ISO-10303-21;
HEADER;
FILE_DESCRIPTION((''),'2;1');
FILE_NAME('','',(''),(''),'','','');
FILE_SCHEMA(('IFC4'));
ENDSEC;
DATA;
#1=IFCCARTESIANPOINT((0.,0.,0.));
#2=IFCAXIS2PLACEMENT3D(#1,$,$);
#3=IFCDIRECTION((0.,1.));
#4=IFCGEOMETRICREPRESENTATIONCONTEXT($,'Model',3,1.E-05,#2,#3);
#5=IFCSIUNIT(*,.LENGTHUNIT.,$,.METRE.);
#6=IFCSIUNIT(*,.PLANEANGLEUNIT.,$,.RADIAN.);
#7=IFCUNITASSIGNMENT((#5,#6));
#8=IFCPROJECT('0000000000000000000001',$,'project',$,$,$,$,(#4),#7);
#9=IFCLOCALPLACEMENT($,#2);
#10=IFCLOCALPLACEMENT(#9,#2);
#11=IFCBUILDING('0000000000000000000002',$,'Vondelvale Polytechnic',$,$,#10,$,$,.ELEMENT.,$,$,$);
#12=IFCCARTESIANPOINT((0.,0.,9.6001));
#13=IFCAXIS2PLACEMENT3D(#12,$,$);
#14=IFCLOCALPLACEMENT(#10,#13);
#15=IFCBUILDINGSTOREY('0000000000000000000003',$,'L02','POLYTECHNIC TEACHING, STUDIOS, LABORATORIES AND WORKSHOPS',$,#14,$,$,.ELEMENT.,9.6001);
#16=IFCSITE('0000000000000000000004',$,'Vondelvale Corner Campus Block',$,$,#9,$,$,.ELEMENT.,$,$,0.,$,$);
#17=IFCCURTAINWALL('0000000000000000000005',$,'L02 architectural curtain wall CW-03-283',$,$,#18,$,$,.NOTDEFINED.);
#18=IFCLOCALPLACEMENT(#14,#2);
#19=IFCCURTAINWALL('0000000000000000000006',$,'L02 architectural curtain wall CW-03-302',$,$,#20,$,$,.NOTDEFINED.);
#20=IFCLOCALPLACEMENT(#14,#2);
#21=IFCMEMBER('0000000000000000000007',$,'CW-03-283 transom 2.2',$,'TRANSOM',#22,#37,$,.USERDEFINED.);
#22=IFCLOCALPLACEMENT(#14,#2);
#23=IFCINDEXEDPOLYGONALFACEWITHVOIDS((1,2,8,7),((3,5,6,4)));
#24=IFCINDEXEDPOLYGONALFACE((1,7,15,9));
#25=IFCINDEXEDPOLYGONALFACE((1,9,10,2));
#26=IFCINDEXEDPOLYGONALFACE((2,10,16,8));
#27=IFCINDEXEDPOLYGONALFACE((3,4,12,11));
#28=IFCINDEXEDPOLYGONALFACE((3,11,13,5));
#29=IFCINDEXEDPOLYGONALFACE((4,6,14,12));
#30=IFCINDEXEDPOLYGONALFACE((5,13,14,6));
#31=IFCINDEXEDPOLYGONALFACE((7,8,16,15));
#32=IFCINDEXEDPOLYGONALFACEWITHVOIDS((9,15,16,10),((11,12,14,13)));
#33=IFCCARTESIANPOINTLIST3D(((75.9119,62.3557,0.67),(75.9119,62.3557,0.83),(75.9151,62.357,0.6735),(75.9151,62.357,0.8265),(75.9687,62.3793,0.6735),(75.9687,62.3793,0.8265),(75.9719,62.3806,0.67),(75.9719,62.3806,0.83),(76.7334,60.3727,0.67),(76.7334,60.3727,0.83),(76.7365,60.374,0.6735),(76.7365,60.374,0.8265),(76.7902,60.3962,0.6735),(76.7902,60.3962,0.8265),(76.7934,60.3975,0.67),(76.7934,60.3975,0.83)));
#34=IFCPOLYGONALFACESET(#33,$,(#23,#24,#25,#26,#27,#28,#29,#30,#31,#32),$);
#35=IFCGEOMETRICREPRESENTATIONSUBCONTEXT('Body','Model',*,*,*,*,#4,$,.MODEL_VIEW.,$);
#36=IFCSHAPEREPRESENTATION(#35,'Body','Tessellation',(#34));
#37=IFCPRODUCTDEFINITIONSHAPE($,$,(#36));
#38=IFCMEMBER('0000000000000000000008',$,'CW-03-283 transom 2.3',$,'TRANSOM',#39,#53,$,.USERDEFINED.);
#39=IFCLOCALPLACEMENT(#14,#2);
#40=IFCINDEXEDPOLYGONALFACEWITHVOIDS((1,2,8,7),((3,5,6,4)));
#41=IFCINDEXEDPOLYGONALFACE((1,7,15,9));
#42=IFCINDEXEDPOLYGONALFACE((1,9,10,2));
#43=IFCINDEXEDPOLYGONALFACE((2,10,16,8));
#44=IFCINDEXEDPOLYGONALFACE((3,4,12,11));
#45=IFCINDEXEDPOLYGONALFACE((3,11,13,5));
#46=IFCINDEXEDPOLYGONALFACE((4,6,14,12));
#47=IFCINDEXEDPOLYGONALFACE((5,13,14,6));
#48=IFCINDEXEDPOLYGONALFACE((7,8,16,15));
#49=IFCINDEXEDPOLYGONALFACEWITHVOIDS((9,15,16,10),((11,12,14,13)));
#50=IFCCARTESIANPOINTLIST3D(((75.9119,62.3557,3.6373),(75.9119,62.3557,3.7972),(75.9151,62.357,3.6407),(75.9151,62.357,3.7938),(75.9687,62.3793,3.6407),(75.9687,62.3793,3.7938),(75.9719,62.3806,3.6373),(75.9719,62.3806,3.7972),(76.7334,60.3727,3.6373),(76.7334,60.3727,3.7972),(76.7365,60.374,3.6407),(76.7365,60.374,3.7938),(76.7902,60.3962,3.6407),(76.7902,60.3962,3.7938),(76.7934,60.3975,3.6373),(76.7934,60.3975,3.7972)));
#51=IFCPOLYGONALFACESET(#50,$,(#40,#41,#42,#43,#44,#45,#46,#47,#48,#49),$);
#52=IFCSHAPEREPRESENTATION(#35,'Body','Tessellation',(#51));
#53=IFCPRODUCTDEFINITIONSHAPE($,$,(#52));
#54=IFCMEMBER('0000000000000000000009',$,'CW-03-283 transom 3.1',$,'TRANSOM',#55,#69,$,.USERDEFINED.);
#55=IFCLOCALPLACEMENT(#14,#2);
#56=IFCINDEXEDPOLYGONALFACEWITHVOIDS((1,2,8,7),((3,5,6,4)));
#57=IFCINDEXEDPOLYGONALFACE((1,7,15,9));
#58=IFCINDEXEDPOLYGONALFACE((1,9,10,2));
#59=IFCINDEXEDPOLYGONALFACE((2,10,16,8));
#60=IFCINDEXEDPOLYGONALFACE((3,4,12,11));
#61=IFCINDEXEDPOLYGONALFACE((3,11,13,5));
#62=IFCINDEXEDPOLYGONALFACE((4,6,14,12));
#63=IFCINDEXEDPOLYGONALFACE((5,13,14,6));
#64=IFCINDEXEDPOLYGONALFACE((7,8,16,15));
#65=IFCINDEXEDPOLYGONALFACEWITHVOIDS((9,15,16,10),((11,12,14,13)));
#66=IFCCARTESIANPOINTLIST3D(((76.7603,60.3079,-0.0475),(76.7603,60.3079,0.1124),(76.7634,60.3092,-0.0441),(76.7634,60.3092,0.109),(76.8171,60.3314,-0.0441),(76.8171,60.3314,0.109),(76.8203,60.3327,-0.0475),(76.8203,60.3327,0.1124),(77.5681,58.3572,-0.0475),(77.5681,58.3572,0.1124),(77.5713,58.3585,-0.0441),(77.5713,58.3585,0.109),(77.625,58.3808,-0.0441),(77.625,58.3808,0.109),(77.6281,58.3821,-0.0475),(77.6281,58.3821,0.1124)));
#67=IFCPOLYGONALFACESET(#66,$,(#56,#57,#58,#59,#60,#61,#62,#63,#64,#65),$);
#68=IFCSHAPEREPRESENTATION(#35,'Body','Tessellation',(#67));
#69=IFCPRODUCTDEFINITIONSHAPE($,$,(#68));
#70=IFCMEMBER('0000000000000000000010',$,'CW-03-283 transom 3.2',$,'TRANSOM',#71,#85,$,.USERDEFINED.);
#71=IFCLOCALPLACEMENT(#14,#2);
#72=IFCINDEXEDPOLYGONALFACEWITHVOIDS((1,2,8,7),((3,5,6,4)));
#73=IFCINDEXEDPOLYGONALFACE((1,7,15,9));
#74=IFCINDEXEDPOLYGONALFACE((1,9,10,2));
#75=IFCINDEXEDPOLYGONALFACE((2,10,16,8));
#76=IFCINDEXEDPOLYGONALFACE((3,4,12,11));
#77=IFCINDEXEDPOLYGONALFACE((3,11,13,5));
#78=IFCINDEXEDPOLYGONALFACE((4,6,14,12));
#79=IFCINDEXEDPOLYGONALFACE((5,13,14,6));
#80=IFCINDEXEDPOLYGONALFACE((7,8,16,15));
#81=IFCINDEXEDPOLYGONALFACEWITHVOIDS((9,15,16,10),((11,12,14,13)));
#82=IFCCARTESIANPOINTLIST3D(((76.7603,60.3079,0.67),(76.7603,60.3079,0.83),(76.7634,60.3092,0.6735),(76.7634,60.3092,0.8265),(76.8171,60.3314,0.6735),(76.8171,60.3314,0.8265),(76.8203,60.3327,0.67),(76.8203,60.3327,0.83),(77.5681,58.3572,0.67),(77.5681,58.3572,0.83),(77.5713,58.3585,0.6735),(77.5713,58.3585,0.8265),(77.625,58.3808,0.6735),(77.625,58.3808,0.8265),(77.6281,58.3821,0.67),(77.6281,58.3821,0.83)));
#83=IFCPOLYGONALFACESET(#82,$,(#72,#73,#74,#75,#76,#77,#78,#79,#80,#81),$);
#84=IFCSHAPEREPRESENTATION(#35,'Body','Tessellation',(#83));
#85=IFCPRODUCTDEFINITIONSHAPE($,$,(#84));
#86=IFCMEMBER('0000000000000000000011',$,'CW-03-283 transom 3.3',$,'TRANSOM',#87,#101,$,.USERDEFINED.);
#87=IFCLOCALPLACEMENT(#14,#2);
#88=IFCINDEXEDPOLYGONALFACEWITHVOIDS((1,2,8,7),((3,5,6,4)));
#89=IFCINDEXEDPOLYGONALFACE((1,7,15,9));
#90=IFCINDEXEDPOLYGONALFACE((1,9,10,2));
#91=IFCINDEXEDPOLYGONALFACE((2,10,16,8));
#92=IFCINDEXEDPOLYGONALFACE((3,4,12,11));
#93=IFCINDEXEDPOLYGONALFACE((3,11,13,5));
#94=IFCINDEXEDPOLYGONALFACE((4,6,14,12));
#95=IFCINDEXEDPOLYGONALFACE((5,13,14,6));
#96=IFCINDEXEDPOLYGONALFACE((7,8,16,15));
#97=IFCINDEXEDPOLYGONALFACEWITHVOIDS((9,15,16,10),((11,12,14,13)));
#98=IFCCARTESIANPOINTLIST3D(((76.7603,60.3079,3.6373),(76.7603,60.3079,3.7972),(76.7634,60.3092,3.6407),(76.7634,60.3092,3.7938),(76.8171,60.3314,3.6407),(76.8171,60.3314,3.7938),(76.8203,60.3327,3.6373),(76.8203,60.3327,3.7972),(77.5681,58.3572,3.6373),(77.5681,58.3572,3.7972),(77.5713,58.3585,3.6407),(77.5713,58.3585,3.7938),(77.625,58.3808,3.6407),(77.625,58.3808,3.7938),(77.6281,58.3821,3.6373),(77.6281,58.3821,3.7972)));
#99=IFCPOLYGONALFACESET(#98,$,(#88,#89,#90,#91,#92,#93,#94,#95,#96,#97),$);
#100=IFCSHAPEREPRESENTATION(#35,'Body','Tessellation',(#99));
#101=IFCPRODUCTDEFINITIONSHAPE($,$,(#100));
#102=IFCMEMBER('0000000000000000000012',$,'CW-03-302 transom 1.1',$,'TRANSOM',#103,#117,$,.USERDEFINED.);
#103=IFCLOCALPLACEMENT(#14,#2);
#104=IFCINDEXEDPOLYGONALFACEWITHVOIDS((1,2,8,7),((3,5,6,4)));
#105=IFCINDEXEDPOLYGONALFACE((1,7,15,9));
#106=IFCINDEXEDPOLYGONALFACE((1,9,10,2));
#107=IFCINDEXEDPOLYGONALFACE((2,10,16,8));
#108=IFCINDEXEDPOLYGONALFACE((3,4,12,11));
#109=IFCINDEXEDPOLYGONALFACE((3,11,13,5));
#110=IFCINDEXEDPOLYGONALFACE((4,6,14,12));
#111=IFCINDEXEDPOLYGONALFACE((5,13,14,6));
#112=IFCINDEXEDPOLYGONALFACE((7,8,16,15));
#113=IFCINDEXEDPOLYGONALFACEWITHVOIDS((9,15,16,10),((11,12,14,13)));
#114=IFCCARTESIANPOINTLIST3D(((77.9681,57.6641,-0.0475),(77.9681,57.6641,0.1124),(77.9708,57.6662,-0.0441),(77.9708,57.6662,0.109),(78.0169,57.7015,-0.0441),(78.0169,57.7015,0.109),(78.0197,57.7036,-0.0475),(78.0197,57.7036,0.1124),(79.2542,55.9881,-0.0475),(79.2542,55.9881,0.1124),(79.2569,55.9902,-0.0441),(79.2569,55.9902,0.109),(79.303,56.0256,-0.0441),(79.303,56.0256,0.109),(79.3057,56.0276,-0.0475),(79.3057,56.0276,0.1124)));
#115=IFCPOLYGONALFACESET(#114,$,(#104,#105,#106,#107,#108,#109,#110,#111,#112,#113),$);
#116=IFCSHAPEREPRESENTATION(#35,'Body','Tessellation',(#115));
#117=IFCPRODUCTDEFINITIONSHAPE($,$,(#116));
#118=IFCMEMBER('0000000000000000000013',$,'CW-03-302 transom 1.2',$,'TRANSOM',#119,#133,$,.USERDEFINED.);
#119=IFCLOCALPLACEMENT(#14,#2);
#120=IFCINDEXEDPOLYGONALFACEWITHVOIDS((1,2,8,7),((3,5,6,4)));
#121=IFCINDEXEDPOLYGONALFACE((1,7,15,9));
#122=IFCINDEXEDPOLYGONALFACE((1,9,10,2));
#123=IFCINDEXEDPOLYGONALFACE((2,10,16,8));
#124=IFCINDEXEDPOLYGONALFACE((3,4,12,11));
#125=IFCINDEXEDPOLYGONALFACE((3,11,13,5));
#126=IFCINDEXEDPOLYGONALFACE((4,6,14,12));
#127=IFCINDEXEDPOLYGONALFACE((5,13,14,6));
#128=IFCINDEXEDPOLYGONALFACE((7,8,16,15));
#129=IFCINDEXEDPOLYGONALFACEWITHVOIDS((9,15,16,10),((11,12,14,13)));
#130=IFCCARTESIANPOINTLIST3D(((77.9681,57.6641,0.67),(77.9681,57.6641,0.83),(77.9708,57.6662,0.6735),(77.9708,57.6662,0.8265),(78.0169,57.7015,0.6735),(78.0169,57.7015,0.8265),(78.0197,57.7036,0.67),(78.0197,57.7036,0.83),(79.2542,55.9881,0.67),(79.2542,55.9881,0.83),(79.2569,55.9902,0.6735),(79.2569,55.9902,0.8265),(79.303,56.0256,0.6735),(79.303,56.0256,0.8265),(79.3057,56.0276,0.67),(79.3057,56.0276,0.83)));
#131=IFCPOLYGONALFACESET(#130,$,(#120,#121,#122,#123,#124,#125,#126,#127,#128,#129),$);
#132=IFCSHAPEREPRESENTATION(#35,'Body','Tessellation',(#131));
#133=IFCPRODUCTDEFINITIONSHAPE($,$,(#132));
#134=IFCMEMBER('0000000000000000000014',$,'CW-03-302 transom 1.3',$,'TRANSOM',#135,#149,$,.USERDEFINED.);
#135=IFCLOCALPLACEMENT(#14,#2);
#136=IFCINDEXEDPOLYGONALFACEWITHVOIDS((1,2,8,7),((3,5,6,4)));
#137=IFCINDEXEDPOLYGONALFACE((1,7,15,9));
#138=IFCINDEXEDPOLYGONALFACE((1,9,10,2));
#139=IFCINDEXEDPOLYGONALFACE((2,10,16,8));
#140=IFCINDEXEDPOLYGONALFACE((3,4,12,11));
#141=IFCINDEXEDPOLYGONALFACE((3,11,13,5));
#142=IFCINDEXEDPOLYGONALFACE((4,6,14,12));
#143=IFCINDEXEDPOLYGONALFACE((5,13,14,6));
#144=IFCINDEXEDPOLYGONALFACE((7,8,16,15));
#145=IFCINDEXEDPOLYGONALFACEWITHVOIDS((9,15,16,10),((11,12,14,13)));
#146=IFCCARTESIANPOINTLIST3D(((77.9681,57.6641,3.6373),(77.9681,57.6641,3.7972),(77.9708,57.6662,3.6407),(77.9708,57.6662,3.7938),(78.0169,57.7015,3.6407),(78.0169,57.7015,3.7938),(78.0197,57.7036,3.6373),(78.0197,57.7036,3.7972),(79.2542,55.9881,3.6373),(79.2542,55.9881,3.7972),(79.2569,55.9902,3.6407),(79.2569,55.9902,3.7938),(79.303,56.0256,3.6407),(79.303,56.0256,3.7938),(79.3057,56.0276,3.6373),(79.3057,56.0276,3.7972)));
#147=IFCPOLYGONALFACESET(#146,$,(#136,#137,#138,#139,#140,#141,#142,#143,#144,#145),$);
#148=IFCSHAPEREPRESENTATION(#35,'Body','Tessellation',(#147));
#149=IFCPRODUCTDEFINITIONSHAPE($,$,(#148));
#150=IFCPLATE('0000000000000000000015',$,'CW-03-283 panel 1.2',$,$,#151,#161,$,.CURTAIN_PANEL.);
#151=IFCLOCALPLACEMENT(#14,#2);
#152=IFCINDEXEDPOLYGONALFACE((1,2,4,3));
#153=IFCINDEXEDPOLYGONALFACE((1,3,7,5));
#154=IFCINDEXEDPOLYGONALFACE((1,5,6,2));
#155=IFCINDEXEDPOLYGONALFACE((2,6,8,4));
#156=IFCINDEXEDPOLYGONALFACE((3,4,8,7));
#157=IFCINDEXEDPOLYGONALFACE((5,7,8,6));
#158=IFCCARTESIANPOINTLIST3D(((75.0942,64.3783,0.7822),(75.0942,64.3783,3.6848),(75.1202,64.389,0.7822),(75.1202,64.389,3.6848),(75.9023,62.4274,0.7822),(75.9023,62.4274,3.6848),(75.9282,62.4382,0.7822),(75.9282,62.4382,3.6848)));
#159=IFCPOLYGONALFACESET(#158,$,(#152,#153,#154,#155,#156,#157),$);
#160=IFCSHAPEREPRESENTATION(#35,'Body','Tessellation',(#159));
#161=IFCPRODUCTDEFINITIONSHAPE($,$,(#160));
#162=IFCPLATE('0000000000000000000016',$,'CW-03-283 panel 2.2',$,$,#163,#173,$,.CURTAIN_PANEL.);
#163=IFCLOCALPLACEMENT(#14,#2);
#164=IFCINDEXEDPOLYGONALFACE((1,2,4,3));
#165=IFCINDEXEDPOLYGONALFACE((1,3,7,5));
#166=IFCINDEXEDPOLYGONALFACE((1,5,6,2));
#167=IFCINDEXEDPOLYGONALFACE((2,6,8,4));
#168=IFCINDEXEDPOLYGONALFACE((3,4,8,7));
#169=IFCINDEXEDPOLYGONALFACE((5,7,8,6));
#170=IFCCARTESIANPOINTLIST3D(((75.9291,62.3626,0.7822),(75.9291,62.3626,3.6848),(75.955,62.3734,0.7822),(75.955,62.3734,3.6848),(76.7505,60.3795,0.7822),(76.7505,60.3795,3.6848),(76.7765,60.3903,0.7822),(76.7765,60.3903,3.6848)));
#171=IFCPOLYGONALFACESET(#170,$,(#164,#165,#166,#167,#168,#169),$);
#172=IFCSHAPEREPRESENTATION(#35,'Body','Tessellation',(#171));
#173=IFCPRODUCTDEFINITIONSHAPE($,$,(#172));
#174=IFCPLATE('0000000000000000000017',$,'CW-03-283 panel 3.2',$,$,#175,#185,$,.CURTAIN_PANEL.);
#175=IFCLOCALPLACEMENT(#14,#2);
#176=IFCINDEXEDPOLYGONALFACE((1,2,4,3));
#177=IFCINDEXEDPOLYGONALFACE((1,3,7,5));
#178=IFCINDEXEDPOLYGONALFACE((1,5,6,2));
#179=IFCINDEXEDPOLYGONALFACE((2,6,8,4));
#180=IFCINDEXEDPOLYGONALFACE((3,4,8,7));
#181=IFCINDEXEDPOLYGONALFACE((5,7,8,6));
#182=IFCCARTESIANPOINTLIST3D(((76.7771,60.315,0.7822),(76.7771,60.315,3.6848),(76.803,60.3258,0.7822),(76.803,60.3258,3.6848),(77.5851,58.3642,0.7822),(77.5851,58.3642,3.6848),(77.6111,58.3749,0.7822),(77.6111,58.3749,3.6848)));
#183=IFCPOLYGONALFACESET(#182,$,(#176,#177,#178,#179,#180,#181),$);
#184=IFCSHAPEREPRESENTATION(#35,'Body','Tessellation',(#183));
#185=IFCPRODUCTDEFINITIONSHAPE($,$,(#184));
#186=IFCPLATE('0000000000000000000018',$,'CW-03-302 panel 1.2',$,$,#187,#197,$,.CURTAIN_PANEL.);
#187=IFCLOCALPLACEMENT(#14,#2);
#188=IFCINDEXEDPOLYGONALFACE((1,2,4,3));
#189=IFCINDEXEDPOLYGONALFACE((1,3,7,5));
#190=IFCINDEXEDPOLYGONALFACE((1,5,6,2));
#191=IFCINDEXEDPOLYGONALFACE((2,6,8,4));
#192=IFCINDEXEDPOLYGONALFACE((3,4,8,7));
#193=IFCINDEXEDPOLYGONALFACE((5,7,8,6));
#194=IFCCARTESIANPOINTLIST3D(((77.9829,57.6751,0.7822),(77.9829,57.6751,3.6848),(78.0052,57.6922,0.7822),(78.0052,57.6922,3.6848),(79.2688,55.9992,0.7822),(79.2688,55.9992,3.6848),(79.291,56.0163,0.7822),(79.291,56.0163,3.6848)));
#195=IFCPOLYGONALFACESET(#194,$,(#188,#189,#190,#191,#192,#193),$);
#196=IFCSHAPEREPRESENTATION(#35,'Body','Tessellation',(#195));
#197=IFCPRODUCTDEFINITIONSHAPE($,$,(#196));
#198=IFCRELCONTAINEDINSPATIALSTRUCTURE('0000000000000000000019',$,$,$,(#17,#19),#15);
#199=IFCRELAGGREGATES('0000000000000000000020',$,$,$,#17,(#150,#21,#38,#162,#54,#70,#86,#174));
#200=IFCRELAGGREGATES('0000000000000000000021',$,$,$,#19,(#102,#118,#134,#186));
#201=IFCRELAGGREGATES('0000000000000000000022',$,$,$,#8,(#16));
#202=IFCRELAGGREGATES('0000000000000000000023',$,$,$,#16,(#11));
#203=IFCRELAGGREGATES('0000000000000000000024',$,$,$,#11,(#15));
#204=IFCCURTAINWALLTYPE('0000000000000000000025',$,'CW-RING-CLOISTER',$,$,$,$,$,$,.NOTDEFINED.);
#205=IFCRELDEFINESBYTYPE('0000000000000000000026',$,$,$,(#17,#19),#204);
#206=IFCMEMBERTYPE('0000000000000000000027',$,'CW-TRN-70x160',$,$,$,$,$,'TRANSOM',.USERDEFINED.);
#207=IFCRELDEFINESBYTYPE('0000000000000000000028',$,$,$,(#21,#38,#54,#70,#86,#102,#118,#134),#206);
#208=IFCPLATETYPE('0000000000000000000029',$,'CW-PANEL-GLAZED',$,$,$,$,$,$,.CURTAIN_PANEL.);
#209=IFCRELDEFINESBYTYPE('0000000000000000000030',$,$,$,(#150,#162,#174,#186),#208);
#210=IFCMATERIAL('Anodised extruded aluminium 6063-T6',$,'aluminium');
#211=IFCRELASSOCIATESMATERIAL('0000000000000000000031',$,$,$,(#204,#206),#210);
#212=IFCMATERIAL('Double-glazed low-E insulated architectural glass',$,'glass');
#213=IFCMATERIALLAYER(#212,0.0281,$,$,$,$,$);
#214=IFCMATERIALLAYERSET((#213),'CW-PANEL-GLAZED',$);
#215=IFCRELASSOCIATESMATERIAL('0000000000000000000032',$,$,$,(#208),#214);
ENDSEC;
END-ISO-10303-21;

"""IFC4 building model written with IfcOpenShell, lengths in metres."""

from ifc_helpers import new_model, si_unit, direction, frame, origin, origin_2d, place, context, subcontext, project, spatial, rectangle, hollow_rectangle, extrude, material, layer, layer_set, material_profile, profile_set, type_object, element, aggregate, save


model = new_model("IFC4")

# Units and contexts
model_context = context("Model", 3, precision=1e-05, world=origin(), true_north=direction((0.0, 1.0)))
body_context = subcontext(model_context, "Body", "Model", "MODEL_VIEW")
ifc_project = project(units=[si_unit("LENGTHUNIT", "METRE"), si_unit("PLANEANGLEUNIT", "RADIAN")], contexts=[model_context])

# Site, building, storey
site_placement = place(None, origin())
site = spatial("IfcSite", under=ifc_project, at=site_placement, Name="Vondelvale Corner Campus Block", CompositionType="ELEMENT", RefElevation=0.0)
building_placement = place(site_placement, origin())
building = spatial("IfcBuilding", under=site, at=building_placement, Name="Vondelvale Polytechnic", CompositionType="ELEMENT")
storey_placement = place(building_placement, frame((0.0, 0.0, 9.6001)))
storey = spatial("IfcBuildingStorey", under=building, at=storey_placement, Name="L02", Description="POLYTECHNIC TEACHING, STUDIOS, LABORATORIES AND WORKSHOPS", CompositionType="ELEMENT", Elevation=9.6001)

# Curtain wall
ifc_material_1 = material(Name="Anodised extruded aluminium 6063-T6", Category="aluminium")
curtain_wall_type = type_object("IfcCurtainWallType", Name="CW-RING-CLOISTER", PredefinedType="NOTDEFINED", material=ifc_material_1)
curtain_wall_1_placement = place(storey_placement, origin())
curtain_wall_1 = element("IfcCurtainWall", 1, at=curtain_wall_1_placement, inside=storey, type_object=curtain_wall_type, Name="L02 architectural curtain wall CW-03-283", PredefinedType="NOTDEFINED")

# Curtain wall
curtain_wall_2_placement = place(storey_placement, origin())
curtain_wall_2 = element("IfcCurtainWall", 2, at=curtain_wall_2_placement, inside=storey, type_object=curtain_wall_type, Name="L02 architectural curtain wall CW-03-302", PredefinedType="NOTDEFINED")

# Members
ifc_material_profile_1 = material_profile(ifc_material_1, hollow_rectangle(XDim=0.0649, YDim=0.1599, WallThickness=0.0034, at=origin_2d()), Name="CW-TRN-160x65")
ifc_profile_set_1 = profile_set([ifc_material_profile_1], Name="Anodised extruded aluminium 6063-T6")
member_type_1 = type_object("IfcMemberType", Name="CW-TRN-70x160", ElementType="TRANSOM", PredefinedType="USERDEFINED", material=ifc_profile_set_1)
member_1_placement = place(storey_placement, frame((75.9419, 62.3682, 0.75), z_axis=(0.382717, -0.923866, 0.0), x_axis=(0.923866, 0.382717, 0.0)))
member_1 = element("IfcMember", 3, at=member_1_placement, type_object=member_type_1, Name="CW-03-283 transom 2.2", ObjectType="TRANSOM", PredefinedType="USERDEFINED", context=body_context, shape_type="SweptSolid", body=[
    extrude(hollow_rectangle(XDim=0.0649, YDim=0.1599, WallThickness=0.0034, at=origin_2d()), origin(), (0.0, 0.0, 1.0), 2.1465),
])
member_2_placement = place(storey_placement, frame((75.9419, 62.3682, 3.7173), z_axis=(0.382717, -0.923866, 0.0), x_axis=(0.923866, 0.382717, 0.0)))
member_2 = element("IfcMember", 4, at=member_2_placement, type_object=member_type_1, Name="CW-03-283 transom 2.3", ObjectType="TRANSOM", PredefinedType="USERDEFINED", context=body_context, shape_type="SweptSolid", body=[
    extrude(hollow_rectangle(XDim=0.0649, YDim=0.1599, WallThickness=0.0034, at=origin_2d()), origin(), (0.0, 0.0, 1.0), 2.1465),
])
member_3_placement = place(storey_placement, frame((76.7903, 60.3203, 0.0325), z_axis=(0.382628, -0.923903, 0.0), x_axis=(0.923903, 0.382628, 0.0)))
member_3 = element("IfcMember", 5, at=member_3_placement, type_object=member_type_1, Name="CW-03-283 transom 3.1", ObjectType="TRANSOM", PredefinedType="USERDEFINED", context=body_context, shape_type="SweptSolid", body=[
    extrude(hollow_rectangle(XDim=0.0649, YDim=0.1599, WallThickness=0.0034, at=origin_2d()), origin(), (0.0, 0.0, 1.0), 2.1113),
])
member_4_placement = place(storey_placement, frame((76.7903, 60.3203, 0.75), z_axis=(0.382628, -0.923903, 0.0), x_axis=(0.923903, 0.382628, 0.0)))
member_4 = element("IfcMember", 6, at=member_4_placement, type_object=member_type_1, Name="CW-03-283 transom 3.2", ObjectType="TRANSOM", PredefinedType="USERDEFINED", context=body_context, shape_type="SweptSolid", body=[
    extrude(hollow_rectangle(XDim=0.0649, YDim=0.1599, WallThickness=0.0034, at=origin_2d()), origin(), (0.0, 0.0, 1.0), 2.1113),
])
member_5_placement = place(storey_placement, frame((76.7903, 60.3203, 3.7173), z_axis=(0.382628, -0.923903, 0.0), x_axis=(0.923903, 0.382628, 0.0)))
member_5 = element("IfcMember", 7, at=member_5_placement, type_object=member_type_1, Name="CW-03-283 transom 3.3", ObjectType="TRANSOM", PredefinedType="USERDEFINED", context=body_context, shape_type="SweptSolid", body=[
    extrude(hollow_rectangle(XDim=0.0649, YDim=0.1599, WallThickness=0.0034, at=origin_2d()), origin(), (0.0, 0.0, 1.0), 2.1113),
])
member_6_placement = place(storey_placement, frame((77.9939, 57.6838, 0.0325), z_axis=(0.608783, -0.793337, 0.0), x_axis=(0.793337, 0.608783, 0.0)))
member_6 = element("IfcMember", 8, at=member_6_placement, type_object=member_type_1, Name="CW-03-302 transom 1.1", ObjectType="TRANSOM", PredefinedType="USERDEFINED", context=body_context, shape_type="SweptSolid", body=[
    extrude(hollow_rectangle(XDim=0.0649, YDim=0.1599, WallThickness=0.0034, at=origin_2d()), origin(), (0.0, 0.0, 1.0), 2.1125),
])
member_7_placement = place(storey_placement, frame((77.9939, 57.6838, 0.75), z_axis=(0.608783, -0.793337, 0.0), x_axis=(0.793337, 0.608783, 0.0)))
member_7 = element("IfcMember", 9, at=member_7_placement, type_object=member_type_1, Name="CW-03-302 transom 1.2", ObjectType="TRANSOM", PredefinedType="USERDEFINED", context=body_context, shape_type="SweptSolid", body=[
    extrude(hollow_rectangle(XDim=0.0649, YDim=0.1599, WallThickness=0.0034, at=origin_2d()), origin(), (0.0, 0.0, 1.0), 2.1125),
])
member_8_placement = place(storey_placement, frame((77.9939, 57.6838, 3.7173), z_axis=(0.608783, -0.793337, 0.0), x_axis=(0.793337, 0.608783, 0.0)))
member_8 = element("IfcMember", 10, at=member_8_placement, type_object=member_type_1, Name="CW-03-302 transom 1.3", ObjectType="TRANSOM", PredefinedType="USERDEFINED", context=body_context, shape_type="SweptSolid", body=[
    extrude(hollow_rectangle(XDim=0.0649, YDim=0.1599, WallThickness=0.0034, at=origin_2d()), origin(), (0.0, 0.0, 1.0), 2.1125),
])

# Plates
ifc_material_2 = material(Name="Double-glazed low-E insulated architectural glass", Category="glass")
ifc_layer_1 = layer(ifc_material_2, 0.0281)
ifc_layer_set_1 = layer_set([ifc_layer_1], Name="CW-PANEL-GLAZED")
plate_type_1 = type_object("IfcPlateType", Name="CW-PANEL-GLAZED", PredefinedType="CURTAIN_PANEL", material=ifc_layer_set_1)
plate_1_placement = place(storey_placement, frame((75.5112, 63.4082, 0.7822), z_axis=(0.0, 0.0, 1.0), x_axis=(0.382679, -0.923882, 0.0)))
plate_1 = element("IfcPlate", 11, at=plate_1_placement, type_object=plate_type_1, Name="CW-03-283 panel 1.2", PredefinedType="CURTAIN_PANEL", context=body_context, shape_type="SweptSolid", body=[
    extrude(rectangle(XDim=2.1116, YDim=0.0281, at=origin_2d()), origin(), (0.0, 0.0, 1.0), 2.9026),
])
plate_2_placement = place(storey_placement, frame((76.3528, 61.3765, 0.7822), z_axis=(0.0, 0.0, 1.0), x_axis=(0.382679, -0.923882, 0.0)))
plate_2 = element("IfcPlate", 12, at=plate_2_placement, type_object=plate_type_1, Name="CW-03-283 panel 2.2", PredefinedType="CURTAIN_PANEL", context=body_context, shape_type="SweptSolid", body=[
    extrude(rectangle(XDim=2.1465, YDim=0.0281, at=origin_2d()), origin(), (0.0, 0.0, 1.0), 2.9026),
])
plate_3_placement = place(storey_placement, frame((77.1941, 59.345, 0.7822), z_axis=(0.0, 0.0, 1.0), x_axis=(0.382679, -0.923882, 0.0)))
plate_3 = element("IfcPlate", 13, at=plate_3_placement, type_object=plate_type_1, Name="CW-03-283 panel 3.2", PredefinedType="CURTAIN_PANEL", context=body_context, shape_type="SweptSolid", body=[
    extrude(rectangle(XDim=2.1116, YDim=0.0281, at=origin_2d()), origin(), (0.0, 0.0, 1.0), 2.9026),
])
plate_4_placement = place(storey_placement, frame((78.637, 56.8457, 0.7822), z_axis=(0.0, 0.0, 1.0), x_axis=(0.608748, -0.793364, 0.0)))
plate_4 = element("IfcPlate", 14, at=plate_4_placement, type_object=plate_type_1, Name="CW-03-302 panel 1.2", PredefinedType="CURTAIN_PANEL", context=body_context, shape_type="SweptSolid", body=[
    extrude(rectangle(XDim=2.1123, YDim=0.0281, at=origin_2d()), origin(), (0.0, 0.0, 1.0), 2.9026),
])
aggregate(curtain_wall_1, [plate_1, member_1, member_2, plate_2, member_3, member_4, member_5, plate_3])
aggregate(curtain_wall_2, [member_6, member_7, member_8, plate_4])

save(model, "model.ifc")
